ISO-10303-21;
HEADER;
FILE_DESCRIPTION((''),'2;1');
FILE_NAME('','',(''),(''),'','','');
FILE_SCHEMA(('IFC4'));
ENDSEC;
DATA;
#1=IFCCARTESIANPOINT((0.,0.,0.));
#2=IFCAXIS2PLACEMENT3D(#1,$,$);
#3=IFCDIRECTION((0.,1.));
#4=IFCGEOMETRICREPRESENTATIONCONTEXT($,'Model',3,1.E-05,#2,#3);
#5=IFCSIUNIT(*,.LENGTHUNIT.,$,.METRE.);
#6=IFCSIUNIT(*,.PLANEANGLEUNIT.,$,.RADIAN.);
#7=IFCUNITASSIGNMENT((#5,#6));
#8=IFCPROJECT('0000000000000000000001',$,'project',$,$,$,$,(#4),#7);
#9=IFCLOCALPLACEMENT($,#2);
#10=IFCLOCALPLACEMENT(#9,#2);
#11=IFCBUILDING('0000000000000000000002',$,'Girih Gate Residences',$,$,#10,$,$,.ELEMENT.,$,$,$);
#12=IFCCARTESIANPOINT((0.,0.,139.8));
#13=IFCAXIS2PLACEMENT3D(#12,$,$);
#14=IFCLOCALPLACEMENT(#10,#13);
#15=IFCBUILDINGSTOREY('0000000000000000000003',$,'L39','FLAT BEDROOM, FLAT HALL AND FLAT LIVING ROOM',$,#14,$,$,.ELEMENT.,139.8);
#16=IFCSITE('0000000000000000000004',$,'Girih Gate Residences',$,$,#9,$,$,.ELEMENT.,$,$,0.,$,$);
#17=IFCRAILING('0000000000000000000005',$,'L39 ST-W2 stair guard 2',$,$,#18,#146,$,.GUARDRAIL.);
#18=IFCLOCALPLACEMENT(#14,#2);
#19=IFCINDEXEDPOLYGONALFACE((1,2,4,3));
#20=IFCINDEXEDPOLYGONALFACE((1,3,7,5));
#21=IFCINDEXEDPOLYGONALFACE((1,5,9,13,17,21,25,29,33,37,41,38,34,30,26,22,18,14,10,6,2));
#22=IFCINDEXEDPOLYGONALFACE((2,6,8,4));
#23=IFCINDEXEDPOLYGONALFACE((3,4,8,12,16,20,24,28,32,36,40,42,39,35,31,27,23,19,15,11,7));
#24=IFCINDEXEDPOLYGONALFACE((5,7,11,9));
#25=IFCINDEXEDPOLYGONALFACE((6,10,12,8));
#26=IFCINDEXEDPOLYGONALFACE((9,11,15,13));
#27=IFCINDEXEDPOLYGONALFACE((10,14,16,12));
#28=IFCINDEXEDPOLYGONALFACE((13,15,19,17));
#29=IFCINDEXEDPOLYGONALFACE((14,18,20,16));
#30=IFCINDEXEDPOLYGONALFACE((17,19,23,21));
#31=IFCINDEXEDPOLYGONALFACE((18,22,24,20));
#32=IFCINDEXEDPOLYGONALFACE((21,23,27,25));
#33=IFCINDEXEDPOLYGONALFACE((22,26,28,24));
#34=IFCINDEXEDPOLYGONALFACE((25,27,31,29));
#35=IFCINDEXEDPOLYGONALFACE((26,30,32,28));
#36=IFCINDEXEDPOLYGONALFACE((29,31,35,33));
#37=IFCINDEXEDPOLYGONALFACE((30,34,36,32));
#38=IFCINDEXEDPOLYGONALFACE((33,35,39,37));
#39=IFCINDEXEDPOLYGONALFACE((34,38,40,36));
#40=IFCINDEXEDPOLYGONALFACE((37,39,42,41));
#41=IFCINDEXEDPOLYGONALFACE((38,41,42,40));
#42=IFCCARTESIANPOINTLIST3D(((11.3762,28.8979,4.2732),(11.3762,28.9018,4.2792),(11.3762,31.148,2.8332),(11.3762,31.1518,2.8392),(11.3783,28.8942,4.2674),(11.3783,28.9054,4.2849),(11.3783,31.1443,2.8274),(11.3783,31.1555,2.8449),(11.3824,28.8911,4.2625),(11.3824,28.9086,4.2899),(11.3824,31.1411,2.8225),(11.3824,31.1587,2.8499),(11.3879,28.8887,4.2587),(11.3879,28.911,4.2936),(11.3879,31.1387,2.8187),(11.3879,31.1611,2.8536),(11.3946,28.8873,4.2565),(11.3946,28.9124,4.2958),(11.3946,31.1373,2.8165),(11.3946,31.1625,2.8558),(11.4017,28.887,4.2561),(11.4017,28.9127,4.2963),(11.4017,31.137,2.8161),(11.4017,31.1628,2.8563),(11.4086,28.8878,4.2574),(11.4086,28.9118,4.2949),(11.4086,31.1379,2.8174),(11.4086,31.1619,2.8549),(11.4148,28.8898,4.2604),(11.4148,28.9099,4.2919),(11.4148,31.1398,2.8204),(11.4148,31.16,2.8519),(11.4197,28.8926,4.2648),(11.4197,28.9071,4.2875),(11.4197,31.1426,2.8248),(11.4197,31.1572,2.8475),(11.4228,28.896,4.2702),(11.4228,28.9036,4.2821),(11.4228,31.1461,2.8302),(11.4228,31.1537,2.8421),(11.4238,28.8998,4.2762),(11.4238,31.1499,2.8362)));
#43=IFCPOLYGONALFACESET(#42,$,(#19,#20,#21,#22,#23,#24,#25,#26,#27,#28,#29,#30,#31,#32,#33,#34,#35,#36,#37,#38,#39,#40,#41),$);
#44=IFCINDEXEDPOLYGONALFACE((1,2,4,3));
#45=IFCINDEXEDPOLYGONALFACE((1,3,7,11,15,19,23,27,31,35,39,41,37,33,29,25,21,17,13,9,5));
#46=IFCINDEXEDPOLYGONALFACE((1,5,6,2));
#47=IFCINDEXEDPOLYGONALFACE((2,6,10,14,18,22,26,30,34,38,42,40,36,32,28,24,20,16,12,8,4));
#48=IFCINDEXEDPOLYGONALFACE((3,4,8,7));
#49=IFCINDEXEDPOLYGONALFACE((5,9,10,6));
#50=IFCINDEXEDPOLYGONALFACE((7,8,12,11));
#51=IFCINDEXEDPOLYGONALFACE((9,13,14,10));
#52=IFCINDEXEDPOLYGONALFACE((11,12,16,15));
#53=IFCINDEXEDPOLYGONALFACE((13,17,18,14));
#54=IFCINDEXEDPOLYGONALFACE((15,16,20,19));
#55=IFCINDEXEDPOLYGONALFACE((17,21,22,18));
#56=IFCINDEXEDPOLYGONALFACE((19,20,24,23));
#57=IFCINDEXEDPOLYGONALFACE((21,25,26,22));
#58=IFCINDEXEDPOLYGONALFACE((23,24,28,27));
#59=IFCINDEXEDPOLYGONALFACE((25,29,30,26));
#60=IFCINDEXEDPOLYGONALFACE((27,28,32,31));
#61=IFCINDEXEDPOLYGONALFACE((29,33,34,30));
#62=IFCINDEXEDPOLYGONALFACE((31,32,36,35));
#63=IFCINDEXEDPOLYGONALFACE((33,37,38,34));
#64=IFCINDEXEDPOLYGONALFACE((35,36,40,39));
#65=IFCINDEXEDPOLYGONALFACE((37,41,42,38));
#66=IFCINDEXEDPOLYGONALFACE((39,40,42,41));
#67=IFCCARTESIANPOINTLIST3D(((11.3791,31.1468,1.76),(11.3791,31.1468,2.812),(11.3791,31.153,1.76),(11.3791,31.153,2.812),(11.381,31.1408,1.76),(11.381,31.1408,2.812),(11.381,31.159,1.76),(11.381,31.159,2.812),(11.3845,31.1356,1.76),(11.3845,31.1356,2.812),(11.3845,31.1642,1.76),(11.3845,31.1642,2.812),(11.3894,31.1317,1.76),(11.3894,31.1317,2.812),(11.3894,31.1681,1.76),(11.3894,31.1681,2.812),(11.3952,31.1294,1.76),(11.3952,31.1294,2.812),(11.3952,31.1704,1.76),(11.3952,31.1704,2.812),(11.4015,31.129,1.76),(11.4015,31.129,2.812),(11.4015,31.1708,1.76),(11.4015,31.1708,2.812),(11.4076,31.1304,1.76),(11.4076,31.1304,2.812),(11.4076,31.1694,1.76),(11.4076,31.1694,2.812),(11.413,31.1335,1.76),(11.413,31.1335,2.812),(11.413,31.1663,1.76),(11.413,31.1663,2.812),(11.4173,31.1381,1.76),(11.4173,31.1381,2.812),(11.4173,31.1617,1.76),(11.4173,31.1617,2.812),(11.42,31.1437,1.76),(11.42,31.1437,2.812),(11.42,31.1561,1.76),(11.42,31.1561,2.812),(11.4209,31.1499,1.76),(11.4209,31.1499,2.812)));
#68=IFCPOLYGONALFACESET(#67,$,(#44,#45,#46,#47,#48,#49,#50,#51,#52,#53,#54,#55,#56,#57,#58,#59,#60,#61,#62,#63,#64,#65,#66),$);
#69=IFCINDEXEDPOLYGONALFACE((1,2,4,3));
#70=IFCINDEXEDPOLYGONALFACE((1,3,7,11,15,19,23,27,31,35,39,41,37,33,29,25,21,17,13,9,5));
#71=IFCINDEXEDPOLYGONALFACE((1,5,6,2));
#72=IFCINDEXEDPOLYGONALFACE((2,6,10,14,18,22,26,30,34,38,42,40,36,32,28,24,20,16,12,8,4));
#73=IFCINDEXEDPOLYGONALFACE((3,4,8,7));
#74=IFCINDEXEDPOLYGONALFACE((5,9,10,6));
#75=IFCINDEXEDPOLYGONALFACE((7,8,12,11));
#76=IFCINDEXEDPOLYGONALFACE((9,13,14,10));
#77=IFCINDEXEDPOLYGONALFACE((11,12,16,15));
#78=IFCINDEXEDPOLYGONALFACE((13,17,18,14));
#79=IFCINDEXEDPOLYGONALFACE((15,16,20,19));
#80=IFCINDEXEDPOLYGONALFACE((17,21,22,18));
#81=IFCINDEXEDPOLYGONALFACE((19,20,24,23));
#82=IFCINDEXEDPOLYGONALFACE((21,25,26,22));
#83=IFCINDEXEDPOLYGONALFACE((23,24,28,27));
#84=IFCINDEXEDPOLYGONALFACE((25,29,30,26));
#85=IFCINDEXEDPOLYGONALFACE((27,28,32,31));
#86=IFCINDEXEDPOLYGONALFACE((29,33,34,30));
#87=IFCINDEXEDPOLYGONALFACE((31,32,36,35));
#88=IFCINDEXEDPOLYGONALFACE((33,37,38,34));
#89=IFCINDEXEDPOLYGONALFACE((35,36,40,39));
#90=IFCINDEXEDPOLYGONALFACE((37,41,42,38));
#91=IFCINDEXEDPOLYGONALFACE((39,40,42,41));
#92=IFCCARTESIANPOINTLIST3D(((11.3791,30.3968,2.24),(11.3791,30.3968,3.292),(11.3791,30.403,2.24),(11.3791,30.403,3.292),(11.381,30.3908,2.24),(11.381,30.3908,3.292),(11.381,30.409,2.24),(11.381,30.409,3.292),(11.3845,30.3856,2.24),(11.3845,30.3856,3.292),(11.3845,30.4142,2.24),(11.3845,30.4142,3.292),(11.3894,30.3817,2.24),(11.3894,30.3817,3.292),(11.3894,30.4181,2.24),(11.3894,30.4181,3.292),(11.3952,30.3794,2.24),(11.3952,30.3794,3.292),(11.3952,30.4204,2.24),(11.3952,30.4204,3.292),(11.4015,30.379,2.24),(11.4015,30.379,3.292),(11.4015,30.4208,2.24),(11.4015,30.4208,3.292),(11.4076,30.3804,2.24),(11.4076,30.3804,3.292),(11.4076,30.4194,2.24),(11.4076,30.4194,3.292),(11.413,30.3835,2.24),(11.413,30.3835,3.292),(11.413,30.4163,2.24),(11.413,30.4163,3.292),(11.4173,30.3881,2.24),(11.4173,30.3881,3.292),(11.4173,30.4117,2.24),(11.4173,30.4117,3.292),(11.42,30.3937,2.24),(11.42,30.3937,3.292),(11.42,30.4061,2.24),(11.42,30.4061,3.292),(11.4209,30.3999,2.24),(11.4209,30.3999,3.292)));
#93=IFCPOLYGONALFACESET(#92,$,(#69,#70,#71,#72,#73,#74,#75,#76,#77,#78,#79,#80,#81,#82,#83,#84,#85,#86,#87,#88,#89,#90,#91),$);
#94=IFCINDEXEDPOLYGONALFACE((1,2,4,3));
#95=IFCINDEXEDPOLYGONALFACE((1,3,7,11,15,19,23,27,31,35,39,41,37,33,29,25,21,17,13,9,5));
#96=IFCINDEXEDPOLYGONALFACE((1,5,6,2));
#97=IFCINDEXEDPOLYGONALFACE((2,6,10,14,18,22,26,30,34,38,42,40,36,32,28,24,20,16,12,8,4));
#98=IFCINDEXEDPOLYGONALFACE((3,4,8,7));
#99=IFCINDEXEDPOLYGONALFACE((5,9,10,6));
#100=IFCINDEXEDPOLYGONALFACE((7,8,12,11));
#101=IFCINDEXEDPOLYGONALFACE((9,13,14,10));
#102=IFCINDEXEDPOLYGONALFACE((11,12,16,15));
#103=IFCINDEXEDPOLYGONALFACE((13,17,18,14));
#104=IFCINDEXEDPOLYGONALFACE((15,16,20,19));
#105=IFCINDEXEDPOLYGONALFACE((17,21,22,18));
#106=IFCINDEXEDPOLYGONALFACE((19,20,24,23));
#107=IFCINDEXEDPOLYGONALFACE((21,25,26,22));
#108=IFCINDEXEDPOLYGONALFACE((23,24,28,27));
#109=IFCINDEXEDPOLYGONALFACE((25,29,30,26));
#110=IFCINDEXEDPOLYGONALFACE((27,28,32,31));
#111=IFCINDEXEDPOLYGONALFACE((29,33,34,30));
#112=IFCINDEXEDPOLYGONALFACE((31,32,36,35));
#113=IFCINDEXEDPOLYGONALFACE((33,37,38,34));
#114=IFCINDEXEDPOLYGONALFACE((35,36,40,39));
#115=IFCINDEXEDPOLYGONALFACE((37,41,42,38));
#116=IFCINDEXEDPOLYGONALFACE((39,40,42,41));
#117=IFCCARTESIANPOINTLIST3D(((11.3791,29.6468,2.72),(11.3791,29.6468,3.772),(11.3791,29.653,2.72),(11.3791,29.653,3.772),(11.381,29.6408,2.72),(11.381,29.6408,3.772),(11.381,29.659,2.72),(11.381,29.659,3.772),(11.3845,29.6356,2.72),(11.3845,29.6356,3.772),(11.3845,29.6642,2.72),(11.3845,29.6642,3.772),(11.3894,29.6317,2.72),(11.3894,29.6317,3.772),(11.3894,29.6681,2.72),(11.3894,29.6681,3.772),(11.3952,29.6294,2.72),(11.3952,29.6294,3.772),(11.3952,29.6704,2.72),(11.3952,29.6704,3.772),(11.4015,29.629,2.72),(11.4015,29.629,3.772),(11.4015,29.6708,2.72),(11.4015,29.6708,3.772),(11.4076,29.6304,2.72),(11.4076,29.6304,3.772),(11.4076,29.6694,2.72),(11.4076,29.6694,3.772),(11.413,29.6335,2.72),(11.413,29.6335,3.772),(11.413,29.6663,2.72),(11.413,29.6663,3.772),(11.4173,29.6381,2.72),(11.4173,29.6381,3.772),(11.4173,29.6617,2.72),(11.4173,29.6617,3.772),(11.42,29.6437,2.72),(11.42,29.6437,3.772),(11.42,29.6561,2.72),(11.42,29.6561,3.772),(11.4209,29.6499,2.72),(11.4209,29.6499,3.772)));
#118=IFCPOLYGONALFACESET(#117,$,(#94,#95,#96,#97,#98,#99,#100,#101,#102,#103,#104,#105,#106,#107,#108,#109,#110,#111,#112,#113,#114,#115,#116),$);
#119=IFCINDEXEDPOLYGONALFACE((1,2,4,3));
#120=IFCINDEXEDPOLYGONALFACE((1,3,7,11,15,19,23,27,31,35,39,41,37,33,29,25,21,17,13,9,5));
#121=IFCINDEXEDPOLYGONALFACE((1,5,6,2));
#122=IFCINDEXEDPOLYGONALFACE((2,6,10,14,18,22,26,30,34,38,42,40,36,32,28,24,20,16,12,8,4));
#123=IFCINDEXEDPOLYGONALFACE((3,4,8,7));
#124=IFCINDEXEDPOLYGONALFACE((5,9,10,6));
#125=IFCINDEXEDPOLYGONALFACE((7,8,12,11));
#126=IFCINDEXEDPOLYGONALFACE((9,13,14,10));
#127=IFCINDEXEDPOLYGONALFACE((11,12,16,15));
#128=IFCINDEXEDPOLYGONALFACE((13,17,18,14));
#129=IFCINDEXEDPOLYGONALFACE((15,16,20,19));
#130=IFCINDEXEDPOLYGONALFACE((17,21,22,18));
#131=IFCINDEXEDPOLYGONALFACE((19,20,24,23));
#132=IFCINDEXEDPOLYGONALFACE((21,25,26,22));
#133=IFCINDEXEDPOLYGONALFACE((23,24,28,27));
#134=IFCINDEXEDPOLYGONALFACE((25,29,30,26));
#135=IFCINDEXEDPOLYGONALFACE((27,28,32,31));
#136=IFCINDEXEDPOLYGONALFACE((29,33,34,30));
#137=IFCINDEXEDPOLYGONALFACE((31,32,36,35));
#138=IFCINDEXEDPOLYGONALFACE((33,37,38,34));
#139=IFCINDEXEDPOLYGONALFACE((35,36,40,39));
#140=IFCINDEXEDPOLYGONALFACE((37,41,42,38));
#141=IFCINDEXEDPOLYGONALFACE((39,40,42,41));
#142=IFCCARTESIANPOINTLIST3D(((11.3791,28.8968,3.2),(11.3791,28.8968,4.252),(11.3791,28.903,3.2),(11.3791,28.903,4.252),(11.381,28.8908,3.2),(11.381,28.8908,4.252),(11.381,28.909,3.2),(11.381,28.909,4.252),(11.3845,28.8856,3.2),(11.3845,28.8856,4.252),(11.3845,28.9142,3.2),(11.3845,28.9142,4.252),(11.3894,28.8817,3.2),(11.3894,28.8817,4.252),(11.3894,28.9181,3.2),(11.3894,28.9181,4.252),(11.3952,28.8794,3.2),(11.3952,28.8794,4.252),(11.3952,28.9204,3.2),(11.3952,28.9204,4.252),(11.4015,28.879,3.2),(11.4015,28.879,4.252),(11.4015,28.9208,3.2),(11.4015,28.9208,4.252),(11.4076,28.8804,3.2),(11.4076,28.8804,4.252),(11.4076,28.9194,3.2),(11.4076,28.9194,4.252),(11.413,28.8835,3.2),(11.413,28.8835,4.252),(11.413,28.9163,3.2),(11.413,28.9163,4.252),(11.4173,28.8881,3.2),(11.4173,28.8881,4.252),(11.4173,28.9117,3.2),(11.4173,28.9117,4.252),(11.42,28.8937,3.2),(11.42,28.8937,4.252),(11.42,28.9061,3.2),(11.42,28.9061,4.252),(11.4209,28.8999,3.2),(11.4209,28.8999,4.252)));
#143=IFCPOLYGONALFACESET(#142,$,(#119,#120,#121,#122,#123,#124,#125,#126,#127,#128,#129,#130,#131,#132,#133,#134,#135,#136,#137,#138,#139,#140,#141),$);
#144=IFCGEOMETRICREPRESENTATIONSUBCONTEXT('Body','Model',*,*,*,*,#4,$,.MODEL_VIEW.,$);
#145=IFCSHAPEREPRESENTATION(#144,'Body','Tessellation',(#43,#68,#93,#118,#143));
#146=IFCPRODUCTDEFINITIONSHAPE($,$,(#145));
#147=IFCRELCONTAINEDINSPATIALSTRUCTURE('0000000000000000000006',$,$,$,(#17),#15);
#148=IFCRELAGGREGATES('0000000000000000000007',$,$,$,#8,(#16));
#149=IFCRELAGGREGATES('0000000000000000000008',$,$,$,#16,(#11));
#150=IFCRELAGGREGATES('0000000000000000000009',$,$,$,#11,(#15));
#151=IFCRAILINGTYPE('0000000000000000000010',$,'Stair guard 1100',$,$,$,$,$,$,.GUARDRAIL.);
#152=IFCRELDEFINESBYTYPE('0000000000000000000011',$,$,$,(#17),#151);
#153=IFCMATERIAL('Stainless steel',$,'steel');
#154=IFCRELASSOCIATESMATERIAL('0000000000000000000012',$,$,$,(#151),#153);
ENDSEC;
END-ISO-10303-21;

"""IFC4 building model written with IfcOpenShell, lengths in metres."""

from ifc_helpers import new_model, si_unit, direction, frame, origin, origin_2d, place, context, subcontext, project, spatial, circle, extrude, material, type_object, element, save


model = new_model("IFC4")

# Units and contexts
model_context = context("Model", 3, precision=1e-05, world=origin(), true_north=direction((0.0, 1.0)))
body_context = subcontext(model_context, "Body", "Model", "MODEL_VIEW")
ifc_project = project(units=[si_unit("LENGTHUNIT", "METRE"), si_unit("PLANEANGLEUNIT", "RADIAN")], contexts=[model_context])

# Site, building, storey
site_placement = place(None, origin())
site = spatial("IfcSite", under=ifc_project, at=site_placement, Name="Girih Gate Residences", CompositionType="ELEMENT", RefElevation=0.0)
building_placement = place(site_placement, origin())
building = spatial("IfcBuilding", under=site, at=building_placement, Name="Girih Gate Residences", CompositionType="ELEMENT")
storey_placement = place(building_placement, frame((0.0, 0.0, 139.8)))
storey = spatial("IfcBuildingStorey", under=building, at=storey_placement, Name="L39", Description="FLAT BEDROOM, FLAT HALL AND FLAT LIVING ROOM", CompositionType="ELEMENT", Elevation=139.8)

# Railing
ifc_material_1 = material(Name="Stainless steel", Category="steel")
railing_type_1 = type_object("IfcRailingType", Name="Stair guard 1100", PredefinedType="GUARDRAIL", material=ifc_material_1)
railing_1_placement = place(storey_placement, frame((11.3999, 31.1499, 1.76)))
element("IfcRailing", 1, at=railing_1_placement, inside=storey, type_object=railing_type_1, Name="L39 ST-W2 stair guard 2", PredefinedType="GUARDRAIL", context=body_context, shape_type="SweptSolid", body=[
    extrude(circle(Radius=0.0239, at=origin_2d()), frame((0.0, 0.0, 1.0762), z_axis=(0.0, -0.842281, 0.539038), x_axis=(1.0, 0.0, 0.0)), (0.0, 0.0, 1.0), 2.6714),
    extrude(circle(Radius=0.021, at=origin_2d()), origin(), (0.0, 0.0, 1.0), 1.052),
    extrude(circle(Radius=0.021, at=origin_2d()), frame((0.0, -0.75, 0.48)), (0.0, 0.0, 1.0), 1.052),
    extrude(circle(Radius=0.021, at=origin_2d()), frame((0.0, -1.5, 0.96)), (0.0, 0.0, 1.0), 1.052),
    extrude(circle(Radius=0.021, at=origin_2d()), frame((0.0, -2.25, 1.4399)), (0.0, 0.0, 1.0), 1.052),
])

save(model, "model.ifc")
